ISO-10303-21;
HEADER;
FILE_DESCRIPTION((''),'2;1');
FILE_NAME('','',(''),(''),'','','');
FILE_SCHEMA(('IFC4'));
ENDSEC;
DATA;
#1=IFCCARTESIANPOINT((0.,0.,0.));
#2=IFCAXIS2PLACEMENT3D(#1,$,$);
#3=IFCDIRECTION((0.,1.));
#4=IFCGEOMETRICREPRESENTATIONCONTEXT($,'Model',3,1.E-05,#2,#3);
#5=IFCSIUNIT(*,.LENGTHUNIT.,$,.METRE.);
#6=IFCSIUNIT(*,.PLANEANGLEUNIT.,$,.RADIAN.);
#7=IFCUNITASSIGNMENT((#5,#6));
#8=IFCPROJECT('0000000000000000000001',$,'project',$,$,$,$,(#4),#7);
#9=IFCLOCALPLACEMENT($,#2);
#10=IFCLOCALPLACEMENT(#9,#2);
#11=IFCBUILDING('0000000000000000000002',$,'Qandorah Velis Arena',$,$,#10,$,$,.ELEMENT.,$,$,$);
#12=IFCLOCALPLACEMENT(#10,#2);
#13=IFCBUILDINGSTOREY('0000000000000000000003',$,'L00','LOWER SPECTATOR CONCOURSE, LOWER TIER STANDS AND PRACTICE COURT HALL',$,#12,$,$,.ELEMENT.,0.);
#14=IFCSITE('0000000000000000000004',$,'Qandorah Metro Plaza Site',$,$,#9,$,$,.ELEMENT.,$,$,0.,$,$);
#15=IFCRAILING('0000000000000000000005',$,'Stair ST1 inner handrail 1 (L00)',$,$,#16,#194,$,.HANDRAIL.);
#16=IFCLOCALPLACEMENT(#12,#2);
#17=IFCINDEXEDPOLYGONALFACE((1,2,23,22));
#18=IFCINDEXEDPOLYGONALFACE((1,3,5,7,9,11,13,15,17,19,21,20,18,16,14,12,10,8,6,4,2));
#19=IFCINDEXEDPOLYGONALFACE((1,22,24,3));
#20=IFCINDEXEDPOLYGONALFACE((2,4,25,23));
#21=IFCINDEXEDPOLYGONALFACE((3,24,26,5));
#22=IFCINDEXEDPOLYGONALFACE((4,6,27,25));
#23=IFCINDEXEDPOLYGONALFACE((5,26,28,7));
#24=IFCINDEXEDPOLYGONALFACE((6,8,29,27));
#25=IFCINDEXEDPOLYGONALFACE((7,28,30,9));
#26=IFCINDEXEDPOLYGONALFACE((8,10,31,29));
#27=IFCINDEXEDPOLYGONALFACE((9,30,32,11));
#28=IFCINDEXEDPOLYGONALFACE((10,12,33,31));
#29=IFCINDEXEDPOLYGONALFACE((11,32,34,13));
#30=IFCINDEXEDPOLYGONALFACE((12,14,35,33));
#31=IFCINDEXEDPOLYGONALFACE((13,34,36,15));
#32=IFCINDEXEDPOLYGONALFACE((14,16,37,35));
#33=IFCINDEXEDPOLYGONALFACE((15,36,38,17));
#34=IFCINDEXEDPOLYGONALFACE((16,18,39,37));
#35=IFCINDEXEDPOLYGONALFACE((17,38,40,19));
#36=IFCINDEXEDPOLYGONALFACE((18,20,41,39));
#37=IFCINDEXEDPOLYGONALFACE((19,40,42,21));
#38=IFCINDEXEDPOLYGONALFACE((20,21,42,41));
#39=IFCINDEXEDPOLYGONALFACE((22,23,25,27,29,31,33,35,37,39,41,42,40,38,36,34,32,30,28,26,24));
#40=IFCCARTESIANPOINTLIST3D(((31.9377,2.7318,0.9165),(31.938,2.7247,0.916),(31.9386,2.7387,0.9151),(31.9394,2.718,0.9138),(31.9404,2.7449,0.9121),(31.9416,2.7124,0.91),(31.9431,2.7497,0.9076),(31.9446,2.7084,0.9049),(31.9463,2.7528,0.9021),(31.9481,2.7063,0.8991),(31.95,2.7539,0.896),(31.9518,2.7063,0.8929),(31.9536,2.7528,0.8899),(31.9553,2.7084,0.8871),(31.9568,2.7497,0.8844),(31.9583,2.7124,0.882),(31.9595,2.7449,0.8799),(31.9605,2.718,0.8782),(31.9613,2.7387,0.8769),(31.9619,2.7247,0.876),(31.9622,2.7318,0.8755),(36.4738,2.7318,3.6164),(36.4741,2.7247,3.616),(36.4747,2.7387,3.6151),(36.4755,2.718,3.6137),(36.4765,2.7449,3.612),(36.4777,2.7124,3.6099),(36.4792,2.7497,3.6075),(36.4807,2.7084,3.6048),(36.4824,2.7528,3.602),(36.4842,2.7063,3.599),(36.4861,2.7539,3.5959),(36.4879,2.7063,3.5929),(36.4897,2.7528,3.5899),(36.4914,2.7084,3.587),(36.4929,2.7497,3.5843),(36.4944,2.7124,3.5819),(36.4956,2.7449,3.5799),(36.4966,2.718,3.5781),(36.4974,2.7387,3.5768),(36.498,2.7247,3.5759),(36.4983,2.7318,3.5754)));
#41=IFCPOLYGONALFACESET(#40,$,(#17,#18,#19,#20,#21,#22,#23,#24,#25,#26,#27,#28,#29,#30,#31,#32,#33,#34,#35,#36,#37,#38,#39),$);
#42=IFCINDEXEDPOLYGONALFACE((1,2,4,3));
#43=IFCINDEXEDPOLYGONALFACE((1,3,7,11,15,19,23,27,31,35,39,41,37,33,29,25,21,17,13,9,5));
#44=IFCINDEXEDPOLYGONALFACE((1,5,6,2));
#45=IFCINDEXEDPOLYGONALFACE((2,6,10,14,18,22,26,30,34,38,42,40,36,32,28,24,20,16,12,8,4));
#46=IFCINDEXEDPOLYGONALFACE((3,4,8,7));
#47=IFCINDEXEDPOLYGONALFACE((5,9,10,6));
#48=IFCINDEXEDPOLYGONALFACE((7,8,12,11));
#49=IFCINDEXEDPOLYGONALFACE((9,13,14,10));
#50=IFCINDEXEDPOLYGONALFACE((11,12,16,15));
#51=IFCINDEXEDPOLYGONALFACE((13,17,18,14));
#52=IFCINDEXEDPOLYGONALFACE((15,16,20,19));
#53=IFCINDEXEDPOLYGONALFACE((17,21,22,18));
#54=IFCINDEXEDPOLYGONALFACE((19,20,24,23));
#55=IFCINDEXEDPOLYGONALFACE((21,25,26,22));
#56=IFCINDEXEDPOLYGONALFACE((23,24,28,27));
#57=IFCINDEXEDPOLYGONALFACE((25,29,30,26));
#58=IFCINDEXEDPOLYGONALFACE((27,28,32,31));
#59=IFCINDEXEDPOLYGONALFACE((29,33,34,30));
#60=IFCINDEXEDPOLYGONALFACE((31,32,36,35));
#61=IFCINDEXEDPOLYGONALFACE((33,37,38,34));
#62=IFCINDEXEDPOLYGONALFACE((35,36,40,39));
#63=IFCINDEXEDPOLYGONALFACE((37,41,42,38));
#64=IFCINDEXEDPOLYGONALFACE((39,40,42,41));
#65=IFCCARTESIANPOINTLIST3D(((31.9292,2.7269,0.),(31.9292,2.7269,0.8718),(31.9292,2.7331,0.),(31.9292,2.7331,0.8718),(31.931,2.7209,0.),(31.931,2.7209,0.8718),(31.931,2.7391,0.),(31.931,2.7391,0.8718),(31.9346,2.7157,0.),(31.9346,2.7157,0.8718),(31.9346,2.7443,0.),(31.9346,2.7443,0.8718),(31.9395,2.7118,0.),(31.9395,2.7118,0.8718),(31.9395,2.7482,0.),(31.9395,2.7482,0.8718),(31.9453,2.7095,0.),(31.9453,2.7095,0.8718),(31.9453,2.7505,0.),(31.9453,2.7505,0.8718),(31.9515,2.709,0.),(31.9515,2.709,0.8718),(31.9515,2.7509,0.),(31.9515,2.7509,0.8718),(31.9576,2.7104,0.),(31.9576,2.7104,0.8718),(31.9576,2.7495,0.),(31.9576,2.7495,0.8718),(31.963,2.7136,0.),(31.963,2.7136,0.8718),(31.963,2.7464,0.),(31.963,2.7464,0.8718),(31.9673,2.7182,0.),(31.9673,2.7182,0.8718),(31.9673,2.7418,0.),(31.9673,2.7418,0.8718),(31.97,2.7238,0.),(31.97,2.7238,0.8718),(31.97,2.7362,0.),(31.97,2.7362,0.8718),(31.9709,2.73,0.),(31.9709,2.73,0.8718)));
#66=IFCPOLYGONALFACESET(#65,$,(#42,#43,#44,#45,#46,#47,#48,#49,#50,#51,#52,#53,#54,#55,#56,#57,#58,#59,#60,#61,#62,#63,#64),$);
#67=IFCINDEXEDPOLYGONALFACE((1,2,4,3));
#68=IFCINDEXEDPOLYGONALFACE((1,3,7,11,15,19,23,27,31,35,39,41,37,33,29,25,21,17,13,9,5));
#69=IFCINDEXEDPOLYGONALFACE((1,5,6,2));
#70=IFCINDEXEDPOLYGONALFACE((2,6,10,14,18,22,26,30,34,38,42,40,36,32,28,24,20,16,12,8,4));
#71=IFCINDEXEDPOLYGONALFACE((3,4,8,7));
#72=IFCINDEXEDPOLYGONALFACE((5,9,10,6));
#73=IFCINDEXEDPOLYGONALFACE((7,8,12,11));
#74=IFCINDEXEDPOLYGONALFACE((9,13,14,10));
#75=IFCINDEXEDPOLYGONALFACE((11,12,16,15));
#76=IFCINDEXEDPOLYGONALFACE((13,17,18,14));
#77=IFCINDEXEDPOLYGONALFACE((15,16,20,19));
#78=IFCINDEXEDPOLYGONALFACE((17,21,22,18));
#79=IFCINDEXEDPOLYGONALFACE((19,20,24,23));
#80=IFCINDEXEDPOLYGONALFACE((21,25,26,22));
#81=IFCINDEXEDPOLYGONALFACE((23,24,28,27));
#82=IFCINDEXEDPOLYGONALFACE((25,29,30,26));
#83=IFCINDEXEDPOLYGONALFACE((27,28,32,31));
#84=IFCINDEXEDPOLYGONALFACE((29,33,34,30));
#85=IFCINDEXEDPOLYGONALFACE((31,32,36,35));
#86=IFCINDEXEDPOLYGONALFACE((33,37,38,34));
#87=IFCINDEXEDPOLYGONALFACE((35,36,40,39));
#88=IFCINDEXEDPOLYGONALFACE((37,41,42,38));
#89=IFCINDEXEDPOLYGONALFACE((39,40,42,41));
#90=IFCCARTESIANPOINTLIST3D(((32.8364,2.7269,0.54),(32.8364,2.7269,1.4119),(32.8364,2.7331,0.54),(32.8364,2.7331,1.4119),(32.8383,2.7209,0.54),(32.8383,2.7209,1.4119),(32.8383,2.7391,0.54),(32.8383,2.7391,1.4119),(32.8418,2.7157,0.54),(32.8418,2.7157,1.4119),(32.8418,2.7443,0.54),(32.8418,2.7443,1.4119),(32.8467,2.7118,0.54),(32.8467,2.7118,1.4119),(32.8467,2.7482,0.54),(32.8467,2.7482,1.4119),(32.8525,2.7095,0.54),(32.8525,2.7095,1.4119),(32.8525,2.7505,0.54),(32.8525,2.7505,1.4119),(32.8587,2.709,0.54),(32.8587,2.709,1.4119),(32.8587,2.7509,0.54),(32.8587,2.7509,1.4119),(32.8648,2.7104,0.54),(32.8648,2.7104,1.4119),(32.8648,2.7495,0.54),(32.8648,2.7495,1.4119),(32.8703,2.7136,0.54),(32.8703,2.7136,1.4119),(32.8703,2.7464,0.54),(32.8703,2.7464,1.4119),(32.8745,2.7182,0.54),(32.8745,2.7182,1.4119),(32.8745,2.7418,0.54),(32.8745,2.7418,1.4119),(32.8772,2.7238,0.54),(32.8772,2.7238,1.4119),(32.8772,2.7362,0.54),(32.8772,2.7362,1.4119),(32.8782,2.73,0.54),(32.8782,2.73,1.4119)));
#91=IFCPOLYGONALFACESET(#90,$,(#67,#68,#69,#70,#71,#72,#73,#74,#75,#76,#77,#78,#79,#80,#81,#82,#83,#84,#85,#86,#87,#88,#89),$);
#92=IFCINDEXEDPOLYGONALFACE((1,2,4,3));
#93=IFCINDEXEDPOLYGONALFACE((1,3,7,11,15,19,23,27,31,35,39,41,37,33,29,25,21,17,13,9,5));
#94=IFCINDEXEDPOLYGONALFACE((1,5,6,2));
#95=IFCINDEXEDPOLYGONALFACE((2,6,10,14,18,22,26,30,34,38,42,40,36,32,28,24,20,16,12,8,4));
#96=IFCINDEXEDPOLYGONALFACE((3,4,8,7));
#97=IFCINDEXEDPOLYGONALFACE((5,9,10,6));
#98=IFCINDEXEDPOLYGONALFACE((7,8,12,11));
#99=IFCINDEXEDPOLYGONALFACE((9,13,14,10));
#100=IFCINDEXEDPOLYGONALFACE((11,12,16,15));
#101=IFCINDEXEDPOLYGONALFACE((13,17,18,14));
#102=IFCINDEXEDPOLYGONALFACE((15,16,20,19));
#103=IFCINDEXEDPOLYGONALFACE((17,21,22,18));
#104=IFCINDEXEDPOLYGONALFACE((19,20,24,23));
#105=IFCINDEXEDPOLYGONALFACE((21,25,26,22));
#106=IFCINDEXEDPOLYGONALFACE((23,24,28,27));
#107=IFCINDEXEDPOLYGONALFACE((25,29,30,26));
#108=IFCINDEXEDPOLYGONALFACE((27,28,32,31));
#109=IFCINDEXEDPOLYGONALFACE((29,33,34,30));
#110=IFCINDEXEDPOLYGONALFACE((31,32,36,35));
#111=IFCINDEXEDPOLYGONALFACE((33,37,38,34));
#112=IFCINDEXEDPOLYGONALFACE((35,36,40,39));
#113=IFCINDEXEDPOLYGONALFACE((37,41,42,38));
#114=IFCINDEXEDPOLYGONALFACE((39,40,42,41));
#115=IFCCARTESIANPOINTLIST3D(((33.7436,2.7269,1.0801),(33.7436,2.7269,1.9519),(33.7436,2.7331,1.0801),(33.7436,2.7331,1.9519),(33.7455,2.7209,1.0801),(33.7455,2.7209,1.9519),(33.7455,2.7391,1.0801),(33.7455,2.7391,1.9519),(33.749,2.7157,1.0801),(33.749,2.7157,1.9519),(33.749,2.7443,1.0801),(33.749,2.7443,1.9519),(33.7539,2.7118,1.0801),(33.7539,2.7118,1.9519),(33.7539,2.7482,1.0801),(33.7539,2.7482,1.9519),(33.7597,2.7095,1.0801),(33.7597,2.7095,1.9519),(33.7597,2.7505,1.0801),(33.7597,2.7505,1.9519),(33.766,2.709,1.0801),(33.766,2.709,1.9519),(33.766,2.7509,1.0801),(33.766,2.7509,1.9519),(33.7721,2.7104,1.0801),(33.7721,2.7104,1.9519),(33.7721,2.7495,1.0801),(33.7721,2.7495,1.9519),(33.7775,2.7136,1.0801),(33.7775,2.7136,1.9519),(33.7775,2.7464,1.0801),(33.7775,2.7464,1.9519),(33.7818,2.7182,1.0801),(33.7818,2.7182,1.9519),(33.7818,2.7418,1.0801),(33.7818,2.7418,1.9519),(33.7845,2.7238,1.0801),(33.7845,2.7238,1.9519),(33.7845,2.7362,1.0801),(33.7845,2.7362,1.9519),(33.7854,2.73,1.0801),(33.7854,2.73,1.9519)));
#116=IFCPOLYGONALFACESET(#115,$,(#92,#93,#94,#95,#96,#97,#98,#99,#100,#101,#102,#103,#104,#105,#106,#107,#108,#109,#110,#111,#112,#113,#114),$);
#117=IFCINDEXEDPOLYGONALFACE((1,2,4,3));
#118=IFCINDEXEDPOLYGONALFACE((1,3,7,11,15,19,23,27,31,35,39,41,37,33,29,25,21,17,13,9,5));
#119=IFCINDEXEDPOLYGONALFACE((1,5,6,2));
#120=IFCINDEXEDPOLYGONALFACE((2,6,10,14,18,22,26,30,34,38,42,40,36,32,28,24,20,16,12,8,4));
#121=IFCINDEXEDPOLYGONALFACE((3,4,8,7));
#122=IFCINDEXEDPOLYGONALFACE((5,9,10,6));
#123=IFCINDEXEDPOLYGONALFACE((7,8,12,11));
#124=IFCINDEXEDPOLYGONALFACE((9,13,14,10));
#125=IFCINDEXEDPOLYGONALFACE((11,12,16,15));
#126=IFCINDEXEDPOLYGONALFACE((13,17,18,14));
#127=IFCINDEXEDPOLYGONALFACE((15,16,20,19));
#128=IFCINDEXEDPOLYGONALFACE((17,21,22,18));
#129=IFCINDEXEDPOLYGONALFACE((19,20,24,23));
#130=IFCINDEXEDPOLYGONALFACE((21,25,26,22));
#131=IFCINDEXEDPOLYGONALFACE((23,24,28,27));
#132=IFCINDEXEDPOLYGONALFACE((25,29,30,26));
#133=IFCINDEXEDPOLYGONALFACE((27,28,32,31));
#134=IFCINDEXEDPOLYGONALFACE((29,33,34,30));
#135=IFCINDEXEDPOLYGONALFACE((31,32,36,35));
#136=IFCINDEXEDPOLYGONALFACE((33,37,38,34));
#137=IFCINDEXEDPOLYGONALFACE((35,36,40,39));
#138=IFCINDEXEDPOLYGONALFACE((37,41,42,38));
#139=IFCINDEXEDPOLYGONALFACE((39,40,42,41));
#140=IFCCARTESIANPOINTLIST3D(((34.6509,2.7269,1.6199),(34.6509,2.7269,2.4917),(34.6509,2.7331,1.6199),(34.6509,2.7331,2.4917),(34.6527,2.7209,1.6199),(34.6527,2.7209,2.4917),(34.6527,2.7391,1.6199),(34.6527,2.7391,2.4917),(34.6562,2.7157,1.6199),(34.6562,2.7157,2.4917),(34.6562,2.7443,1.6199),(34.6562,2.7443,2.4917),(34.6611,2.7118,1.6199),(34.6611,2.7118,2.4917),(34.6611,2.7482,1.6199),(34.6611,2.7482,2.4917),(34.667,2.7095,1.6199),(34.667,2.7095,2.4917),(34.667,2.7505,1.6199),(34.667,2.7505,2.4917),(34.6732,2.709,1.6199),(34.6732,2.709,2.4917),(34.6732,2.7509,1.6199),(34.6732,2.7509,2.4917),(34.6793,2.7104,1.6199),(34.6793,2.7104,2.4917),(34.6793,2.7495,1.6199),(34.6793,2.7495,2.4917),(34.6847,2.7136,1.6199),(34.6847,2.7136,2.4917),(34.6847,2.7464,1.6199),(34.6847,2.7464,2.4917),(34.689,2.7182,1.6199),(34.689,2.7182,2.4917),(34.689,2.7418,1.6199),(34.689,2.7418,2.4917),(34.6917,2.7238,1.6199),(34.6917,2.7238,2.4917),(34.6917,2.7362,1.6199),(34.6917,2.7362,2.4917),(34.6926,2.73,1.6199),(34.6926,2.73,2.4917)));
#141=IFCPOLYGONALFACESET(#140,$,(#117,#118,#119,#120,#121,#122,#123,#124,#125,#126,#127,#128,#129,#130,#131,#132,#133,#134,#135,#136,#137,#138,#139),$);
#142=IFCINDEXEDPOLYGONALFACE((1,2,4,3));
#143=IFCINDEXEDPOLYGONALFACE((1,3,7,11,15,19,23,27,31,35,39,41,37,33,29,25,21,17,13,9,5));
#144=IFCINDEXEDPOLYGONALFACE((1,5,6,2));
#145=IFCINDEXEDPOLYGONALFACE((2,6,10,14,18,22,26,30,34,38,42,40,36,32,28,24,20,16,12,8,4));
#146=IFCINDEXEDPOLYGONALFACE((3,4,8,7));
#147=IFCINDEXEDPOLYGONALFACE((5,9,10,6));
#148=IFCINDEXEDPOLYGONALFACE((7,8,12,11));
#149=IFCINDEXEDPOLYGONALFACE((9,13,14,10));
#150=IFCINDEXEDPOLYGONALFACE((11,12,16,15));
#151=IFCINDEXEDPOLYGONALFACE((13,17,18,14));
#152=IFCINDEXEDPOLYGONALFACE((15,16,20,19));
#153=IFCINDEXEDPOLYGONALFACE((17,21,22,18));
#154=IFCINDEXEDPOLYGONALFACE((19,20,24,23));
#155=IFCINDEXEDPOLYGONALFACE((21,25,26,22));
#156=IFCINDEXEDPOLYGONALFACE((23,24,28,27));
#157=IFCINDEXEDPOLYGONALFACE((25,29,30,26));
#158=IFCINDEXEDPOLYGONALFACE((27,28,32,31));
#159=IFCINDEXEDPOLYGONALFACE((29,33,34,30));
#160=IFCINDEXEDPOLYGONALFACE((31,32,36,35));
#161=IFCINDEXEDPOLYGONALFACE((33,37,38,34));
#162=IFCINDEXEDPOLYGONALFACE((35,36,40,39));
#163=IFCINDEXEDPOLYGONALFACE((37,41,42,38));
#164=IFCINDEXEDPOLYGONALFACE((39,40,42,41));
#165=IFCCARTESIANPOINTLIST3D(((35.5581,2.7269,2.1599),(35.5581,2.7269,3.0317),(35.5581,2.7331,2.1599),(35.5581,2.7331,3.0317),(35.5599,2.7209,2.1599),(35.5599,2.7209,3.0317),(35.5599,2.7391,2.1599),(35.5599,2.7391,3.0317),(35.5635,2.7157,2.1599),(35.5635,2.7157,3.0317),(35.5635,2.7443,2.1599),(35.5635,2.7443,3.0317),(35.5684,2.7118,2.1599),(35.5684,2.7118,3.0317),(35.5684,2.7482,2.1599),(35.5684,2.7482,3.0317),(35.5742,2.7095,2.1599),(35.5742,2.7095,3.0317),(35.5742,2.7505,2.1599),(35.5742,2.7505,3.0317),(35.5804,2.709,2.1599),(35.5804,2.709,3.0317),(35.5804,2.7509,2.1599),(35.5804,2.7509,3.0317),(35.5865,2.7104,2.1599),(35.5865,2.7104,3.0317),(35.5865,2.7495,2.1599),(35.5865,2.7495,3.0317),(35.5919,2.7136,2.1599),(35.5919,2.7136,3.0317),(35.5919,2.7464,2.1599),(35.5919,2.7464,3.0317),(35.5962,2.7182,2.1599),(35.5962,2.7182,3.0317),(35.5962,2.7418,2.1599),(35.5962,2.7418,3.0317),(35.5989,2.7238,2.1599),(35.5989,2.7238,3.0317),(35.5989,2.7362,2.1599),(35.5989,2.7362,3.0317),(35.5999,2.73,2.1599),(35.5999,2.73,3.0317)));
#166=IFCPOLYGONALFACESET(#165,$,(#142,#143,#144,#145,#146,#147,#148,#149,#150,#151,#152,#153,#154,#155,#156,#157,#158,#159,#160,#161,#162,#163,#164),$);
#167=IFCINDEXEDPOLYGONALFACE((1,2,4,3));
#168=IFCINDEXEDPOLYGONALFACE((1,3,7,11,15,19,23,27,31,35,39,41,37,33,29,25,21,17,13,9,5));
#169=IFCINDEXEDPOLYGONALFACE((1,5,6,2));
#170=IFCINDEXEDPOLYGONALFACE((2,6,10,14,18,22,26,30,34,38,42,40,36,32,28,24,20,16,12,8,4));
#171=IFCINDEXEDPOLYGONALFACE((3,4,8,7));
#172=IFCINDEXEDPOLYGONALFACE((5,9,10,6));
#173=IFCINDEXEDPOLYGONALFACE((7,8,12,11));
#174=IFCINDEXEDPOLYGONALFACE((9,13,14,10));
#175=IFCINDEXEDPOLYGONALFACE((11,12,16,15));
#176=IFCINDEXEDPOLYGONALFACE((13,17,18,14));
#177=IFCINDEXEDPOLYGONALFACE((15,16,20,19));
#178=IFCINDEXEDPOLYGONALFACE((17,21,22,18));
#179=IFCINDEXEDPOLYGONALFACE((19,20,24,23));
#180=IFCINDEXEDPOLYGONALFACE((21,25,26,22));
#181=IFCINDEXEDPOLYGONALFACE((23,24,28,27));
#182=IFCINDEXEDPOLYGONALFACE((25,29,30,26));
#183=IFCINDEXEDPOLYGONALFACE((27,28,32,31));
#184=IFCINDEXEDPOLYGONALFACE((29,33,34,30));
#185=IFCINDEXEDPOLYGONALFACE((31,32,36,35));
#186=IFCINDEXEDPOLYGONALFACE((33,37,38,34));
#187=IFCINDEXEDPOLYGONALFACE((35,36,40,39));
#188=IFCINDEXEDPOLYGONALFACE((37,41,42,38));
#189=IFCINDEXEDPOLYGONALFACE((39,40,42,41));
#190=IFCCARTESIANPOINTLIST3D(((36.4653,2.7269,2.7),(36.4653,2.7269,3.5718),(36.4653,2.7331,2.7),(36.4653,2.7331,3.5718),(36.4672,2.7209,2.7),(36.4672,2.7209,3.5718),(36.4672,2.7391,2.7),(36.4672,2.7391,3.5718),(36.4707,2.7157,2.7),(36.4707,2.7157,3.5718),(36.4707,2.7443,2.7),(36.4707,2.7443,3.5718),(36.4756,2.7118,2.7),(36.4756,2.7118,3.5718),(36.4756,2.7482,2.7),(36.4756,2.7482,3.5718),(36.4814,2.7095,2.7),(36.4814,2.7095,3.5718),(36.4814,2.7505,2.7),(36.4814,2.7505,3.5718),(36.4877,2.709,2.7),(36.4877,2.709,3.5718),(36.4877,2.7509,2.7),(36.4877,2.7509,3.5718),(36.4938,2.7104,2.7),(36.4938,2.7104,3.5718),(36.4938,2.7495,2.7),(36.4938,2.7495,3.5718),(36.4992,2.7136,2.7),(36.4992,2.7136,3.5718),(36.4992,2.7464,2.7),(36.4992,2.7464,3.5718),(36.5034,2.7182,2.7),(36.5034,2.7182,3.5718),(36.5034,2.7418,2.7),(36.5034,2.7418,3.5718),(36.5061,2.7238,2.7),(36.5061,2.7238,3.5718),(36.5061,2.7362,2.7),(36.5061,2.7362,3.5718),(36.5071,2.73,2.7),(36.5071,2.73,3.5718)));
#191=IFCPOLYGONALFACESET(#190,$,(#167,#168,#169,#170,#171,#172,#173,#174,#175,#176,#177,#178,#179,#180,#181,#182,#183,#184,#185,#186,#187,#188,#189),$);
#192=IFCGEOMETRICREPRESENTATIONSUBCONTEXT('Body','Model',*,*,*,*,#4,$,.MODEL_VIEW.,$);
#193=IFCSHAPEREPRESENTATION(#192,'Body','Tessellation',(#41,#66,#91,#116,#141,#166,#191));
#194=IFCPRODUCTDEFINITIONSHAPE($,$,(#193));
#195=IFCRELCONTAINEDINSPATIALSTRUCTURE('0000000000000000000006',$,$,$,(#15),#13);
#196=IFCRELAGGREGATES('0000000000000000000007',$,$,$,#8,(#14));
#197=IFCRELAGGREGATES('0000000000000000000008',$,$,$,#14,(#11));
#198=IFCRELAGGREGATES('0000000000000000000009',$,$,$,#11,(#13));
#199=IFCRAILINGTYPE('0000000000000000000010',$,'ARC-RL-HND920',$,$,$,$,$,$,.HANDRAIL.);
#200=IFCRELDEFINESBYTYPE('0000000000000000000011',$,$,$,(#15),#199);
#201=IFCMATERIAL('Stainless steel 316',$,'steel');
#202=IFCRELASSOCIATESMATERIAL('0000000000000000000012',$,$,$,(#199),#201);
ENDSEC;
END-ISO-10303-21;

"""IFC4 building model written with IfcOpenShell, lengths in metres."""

from ifc_helpers import new_model, si_unit, direction, frame, origin, origin_2d, place, context, subcontext, project, spatial, circle, extrude, material, type_object, element, save


model = new_model("IFC4")

# Units and contexts
model_context = context("Model", 3, precision=1e-05, world=origin(), true_north=direction((0.0, 1.0)))
body_context = subcontext(model_context, "Body", "Model", "MODEL_VIEW")
ifc_project = project(units=[si_unit("LENGTHUNIT", "METRE"), si_unit("PLANEANGLEUNIT", "RADIAN")], contexts=[model_context])

# Site, building, storey
site_placement = place(None, origin())
site = spatial("IfcSite", under=ifc_project, at=site_placement, Name="Qandorah Metro Plaza Site", CompositionType="ELEMENT", RefElevation=0.0)
building_placement = place(site_placement, origin())
building = spatial("IfcBuilding", under=site, at=building_placement, Name="Qandorah Velis Arena", CompositionType="ELEMENT")
storey_placement = place(building_placement, origin())
storey = spatial("IfcBuildingStorey", under=building, at=storey_placement, Name="L00", Description="LOWER SPECTATOR CONCOURSE, LOWER TIER STANDS AND PRACTICE COURT HALL", CompositionType="ELEMENT", Elevation=0.0)

# Railing
ifc_material_1 = material(Name="Stainless steel 316", Category="steel")
railing_type_1 = type_object("IfcRailingType", Name="ARC-RL-HND920", PredefinedType="HANDRAIL", material=ifc_material_1)
railing_1_placement = place(storey_placement, frame((31.95, 2.73, 0.0)))
element("IfcRailing", 1, at=railing_1_placement, inside=storey, type_object=railing_type_1, Name="Stair ST1 inner handrail 1 (L00)", PredefinedType="HANDRAIL", context=body_context, shape_type="SweptSolid", body=[
    extrude(circle(Radius=0.0239, at=origin_2d()), frame((0.0, 0.0, 0.896), z_axis=(0.859304, 0.0, 0.511466), x_axis=(0.0, 1.0, 0.0)), (0.0, 0.0, 1.0), 5.2788),
    extrude(circle(Radius=0.021, at=origin_2d()), origin(), (0.0, 0.0, 1.0), 0.8718),
    extrude(circle(Radius=0.021, at=origin_2d()), frame((0.9072, 0.0, 0.54)), (0.0, 0.0, 1.0), 0.8718),
    extrude(circle(Radius=0.021, at=origin_2d()), frame((1.8145, 0.0, 1.0801)), (0.0, 0.0, 1.0), 0.8718),
    extrude(circle(Radius=0.021, at=origin_2d()), frame((2.7217, 0.0, 1.6199)), (0.0, 0.0, 1.0), 0.8718),
    extrude(circle(Radius=0.021, at=origin_2d()), frame((3.6289, 0.0, 2.1599)), (0.0, 0.0, 1.0), 0.8718),
    extrude(circle(Radius=0.021, at=origin_2d()), frame((4.5361, 0.0, 2.7)), (0.0, 0.0, 1.0), 0.8718),
])

save(model, "model.ifc")
